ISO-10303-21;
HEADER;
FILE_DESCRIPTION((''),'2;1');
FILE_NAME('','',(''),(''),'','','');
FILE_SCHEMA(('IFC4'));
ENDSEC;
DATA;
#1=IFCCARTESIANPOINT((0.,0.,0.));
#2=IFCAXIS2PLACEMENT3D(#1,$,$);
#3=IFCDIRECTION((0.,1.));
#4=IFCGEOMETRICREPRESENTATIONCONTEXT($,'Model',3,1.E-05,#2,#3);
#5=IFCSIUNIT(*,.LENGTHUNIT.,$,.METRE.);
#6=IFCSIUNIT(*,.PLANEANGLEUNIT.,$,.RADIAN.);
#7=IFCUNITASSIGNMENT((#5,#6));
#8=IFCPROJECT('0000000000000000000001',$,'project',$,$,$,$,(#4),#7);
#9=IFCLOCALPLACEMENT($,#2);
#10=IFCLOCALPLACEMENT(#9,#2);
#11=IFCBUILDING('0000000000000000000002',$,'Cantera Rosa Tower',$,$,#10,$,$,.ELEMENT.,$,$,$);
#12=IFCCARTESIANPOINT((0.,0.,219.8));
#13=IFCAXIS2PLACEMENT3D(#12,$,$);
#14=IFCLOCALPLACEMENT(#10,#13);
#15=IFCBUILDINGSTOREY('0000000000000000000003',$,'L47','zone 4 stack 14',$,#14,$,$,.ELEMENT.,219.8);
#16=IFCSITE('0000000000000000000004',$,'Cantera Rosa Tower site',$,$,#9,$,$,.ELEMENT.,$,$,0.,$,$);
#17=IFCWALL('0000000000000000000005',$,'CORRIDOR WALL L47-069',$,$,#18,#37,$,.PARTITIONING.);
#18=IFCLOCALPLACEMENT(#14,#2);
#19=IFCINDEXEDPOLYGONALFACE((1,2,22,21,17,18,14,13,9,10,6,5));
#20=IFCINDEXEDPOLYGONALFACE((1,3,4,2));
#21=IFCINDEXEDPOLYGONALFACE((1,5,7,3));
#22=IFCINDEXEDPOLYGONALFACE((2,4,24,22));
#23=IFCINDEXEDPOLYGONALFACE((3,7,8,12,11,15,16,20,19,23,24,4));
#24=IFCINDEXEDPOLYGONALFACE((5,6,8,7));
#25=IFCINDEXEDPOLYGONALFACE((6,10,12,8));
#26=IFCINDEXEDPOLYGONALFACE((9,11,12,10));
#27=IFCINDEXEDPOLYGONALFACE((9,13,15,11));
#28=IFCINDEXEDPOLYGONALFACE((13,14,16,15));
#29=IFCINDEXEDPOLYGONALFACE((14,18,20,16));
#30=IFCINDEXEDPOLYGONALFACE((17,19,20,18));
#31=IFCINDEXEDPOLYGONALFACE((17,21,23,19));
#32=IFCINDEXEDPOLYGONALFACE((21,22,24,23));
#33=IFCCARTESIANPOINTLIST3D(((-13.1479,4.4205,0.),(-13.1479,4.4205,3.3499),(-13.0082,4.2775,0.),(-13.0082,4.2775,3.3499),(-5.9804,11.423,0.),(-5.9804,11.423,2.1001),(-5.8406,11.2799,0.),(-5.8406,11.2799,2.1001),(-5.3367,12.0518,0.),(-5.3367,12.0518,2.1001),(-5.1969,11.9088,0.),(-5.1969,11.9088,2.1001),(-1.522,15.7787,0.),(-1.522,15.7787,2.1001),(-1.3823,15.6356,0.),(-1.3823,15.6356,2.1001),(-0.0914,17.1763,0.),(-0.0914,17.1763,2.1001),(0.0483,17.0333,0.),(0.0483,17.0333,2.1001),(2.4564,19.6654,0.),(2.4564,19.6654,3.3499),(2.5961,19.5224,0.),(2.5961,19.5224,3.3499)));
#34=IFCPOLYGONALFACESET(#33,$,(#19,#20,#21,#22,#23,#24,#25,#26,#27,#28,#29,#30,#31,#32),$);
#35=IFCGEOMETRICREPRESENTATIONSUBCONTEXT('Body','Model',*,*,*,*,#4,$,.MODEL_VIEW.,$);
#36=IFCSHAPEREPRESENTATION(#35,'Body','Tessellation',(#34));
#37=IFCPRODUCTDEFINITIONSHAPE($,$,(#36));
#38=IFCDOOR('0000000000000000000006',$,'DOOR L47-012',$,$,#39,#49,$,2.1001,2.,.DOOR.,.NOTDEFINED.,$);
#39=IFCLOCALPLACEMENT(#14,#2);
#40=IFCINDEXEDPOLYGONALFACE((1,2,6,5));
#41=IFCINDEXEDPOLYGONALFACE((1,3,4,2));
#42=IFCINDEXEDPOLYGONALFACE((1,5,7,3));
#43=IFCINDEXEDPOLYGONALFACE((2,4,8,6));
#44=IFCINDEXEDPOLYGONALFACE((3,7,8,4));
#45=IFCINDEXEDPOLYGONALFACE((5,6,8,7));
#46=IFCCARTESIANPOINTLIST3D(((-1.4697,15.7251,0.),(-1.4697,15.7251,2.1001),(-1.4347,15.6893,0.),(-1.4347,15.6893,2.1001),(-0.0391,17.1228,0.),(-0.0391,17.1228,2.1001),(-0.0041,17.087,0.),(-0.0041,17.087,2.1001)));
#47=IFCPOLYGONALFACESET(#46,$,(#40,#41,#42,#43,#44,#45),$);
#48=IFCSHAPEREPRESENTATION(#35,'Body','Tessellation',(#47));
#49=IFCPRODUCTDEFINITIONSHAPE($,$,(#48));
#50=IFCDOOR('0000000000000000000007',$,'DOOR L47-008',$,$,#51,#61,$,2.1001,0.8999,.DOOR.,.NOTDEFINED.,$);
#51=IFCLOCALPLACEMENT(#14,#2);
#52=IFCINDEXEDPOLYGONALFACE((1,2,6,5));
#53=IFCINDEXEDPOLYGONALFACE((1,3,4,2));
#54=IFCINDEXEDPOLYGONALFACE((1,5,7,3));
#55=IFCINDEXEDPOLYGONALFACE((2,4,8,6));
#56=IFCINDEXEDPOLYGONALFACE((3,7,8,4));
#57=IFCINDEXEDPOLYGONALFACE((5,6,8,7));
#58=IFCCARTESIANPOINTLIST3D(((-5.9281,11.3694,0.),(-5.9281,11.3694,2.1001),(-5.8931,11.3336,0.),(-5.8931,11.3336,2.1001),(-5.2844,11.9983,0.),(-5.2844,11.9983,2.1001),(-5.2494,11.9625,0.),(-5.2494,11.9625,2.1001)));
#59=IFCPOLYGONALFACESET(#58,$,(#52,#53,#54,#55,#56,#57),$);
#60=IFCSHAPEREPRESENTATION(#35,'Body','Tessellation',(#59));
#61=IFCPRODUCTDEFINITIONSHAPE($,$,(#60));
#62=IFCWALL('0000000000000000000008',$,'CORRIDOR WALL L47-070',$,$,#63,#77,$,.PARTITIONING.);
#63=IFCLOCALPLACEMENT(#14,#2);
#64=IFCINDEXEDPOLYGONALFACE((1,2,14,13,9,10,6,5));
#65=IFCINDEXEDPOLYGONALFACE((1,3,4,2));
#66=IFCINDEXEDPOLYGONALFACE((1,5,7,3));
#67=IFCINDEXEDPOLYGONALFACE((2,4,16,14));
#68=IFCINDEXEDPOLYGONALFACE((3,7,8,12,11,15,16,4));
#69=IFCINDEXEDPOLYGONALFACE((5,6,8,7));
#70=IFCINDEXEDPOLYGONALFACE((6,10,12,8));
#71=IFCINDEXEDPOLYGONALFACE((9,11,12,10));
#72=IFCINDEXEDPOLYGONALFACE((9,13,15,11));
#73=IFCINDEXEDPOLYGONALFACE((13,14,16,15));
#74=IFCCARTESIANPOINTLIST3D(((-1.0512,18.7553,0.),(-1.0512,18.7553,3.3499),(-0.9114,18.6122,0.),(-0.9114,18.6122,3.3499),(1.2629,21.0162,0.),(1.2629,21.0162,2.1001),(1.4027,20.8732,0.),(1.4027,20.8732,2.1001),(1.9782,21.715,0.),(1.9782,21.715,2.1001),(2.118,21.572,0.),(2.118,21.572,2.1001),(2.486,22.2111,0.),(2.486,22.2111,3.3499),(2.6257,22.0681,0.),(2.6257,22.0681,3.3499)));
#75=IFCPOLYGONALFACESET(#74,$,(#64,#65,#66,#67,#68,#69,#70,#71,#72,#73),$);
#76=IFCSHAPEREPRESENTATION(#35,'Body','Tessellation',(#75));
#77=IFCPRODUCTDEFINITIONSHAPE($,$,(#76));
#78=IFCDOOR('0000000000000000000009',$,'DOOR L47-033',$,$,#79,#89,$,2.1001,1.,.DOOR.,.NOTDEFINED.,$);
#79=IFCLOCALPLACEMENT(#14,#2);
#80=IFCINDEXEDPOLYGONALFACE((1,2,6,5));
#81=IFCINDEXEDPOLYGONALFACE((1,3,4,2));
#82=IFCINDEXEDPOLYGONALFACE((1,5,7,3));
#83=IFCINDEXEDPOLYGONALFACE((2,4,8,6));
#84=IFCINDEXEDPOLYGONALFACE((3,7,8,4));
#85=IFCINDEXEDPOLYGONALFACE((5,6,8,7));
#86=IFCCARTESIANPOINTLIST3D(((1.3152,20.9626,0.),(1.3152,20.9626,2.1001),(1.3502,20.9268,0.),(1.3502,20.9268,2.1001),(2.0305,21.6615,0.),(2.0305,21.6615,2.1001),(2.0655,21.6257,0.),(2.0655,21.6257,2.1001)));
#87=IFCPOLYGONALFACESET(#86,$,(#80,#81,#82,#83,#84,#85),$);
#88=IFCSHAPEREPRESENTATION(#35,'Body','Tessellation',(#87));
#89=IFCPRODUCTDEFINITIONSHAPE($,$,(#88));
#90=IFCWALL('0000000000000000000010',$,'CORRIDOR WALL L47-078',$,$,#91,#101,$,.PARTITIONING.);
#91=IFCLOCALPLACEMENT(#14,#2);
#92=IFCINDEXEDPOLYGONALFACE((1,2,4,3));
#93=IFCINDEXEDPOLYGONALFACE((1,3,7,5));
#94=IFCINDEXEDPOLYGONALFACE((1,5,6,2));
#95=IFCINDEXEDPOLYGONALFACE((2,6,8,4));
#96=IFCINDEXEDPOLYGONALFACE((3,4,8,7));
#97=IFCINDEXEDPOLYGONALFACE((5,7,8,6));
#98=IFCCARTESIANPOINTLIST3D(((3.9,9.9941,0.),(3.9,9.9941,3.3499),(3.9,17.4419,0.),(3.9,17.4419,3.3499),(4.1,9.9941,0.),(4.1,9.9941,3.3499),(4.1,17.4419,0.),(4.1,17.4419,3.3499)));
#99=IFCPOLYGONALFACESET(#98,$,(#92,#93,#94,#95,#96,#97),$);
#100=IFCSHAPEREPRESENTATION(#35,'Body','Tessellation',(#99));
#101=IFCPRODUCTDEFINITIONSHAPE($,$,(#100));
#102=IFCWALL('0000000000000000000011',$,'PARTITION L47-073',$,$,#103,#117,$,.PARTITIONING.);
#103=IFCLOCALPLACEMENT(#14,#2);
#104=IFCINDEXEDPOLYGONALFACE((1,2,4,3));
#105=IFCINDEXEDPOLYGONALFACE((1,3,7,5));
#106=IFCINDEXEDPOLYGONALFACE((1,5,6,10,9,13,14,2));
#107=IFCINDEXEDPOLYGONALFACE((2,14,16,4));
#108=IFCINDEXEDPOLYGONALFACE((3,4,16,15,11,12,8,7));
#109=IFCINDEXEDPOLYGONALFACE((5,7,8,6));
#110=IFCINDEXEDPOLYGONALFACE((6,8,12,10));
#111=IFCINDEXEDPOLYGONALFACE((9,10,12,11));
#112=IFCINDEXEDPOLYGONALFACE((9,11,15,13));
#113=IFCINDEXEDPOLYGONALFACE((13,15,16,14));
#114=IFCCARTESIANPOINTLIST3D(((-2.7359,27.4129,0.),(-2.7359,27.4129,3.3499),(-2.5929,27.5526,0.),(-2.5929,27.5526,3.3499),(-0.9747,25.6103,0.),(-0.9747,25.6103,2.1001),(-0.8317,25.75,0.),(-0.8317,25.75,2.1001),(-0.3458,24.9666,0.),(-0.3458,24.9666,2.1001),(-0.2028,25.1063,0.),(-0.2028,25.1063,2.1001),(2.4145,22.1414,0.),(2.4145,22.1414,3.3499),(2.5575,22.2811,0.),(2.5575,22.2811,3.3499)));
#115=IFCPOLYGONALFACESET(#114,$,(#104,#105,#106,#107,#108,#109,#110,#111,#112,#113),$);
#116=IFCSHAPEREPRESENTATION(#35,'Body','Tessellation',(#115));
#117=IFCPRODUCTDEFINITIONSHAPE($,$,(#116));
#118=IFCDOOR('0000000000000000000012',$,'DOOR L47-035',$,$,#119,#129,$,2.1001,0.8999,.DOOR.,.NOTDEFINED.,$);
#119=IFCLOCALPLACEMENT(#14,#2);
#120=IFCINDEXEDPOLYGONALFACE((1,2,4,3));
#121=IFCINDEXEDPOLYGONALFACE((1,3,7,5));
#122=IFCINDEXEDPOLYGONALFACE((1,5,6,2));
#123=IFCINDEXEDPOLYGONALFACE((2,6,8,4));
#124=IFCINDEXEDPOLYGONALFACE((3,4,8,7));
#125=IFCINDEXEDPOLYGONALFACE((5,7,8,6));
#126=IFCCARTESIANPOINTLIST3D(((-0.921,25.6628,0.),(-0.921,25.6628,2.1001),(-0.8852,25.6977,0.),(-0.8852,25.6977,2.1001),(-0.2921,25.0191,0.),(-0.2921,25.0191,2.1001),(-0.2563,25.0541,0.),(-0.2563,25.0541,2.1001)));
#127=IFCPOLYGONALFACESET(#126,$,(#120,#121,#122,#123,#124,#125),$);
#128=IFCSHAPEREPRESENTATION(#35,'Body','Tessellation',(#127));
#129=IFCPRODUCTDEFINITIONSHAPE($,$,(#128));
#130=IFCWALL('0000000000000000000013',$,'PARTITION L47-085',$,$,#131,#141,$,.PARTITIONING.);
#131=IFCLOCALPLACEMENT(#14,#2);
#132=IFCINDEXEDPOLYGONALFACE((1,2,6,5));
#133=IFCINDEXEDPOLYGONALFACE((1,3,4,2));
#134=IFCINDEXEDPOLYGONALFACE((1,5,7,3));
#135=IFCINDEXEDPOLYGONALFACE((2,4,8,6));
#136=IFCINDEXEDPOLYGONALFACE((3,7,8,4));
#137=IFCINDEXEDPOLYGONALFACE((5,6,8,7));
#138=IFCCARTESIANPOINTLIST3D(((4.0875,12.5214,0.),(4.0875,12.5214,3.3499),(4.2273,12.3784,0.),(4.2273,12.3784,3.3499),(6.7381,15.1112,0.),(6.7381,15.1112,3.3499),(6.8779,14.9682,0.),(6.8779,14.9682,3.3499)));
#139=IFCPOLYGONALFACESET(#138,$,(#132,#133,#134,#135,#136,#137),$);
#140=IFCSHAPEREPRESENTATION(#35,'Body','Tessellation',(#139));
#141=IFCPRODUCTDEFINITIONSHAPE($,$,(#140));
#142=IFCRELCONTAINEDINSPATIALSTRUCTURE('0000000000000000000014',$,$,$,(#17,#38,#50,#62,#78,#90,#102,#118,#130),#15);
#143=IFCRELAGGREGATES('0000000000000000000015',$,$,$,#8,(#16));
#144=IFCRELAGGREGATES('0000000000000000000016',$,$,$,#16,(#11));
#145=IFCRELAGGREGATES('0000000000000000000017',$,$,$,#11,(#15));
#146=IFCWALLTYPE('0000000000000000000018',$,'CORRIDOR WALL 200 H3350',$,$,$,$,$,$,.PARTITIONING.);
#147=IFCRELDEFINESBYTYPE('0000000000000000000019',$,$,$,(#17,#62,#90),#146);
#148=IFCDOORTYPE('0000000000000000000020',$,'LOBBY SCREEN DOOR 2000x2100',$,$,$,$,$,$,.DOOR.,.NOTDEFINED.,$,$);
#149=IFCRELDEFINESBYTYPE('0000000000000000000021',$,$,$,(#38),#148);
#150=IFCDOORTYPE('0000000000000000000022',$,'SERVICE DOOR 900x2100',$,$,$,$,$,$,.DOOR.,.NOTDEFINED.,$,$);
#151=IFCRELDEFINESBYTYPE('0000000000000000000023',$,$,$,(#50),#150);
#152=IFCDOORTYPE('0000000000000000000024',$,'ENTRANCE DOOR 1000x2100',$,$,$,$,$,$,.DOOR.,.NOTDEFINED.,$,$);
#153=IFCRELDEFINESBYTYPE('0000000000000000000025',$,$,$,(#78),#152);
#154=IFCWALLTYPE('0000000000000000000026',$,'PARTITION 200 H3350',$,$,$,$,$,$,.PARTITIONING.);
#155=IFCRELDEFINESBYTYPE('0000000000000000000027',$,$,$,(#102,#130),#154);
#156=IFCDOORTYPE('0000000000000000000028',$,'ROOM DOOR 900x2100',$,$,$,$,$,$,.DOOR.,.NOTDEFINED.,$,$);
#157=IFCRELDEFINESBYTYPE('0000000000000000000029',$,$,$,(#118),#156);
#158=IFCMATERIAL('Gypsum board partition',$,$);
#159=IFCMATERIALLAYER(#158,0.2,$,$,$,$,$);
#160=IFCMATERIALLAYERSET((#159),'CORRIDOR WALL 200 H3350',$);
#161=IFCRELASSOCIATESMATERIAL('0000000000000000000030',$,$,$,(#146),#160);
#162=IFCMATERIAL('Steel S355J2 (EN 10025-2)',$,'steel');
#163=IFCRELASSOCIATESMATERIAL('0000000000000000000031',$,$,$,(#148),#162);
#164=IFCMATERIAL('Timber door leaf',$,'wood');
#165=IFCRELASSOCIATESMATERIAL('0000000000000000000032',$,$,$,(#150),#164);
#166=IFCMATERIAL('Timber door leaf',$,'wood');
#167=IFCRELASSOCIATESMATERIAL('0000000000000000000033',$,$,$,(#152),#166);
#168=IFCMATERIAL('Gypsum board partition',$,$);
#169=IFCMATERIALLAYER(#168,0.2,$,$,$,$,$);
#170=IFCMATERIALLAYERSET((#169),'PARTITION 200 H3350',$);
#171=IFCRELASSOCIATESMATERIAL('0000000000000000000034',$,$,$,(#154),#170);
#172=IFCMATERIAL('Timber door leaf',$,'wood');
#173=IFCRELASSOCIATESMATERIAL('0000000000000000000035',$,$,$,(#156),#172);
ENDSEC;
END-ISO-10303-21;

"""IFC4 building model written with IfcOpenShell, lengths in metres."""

from ifc_helpers import new_model, si_unit, direction, frame, frame_2d, origin, place, context, subcontext, project, spatial, rectangle, extrude, material, layer, layer_set, type_object, element, fill, save


model = new_model("IFC4")

# Units and contexts
model_context = context("Model", 3, precision=1e-05, world=origin(), true_north=direction((0.0, 1.0)))
body_context = subcontext(model_context, "Body", "Model", "MODEL_VIEW")
ifc_project = project(units=[si_unit("LENGTHUNIT", "METRE"), si_unit("PLANEANGLEUNIT", "RADIAN")], contexts=[model_context])

# Site, building, storey
site_placement = place(None, origin())
site = spatial("IfcSite", under=ifc_project, at=site_placement, Name="Cantera Rosa Tower site", CompositionType="ELEMENT", RefElevation=0.0)
building_placement = place(site_placement, origin())
building = spatial("IfcBuilding", under=site, at=building_placement, Name="Cantera Rosa Tower", CompositionType="ELEMENT")
storey_placement = place(building_placement, frame((0.0, 0.0, 219.8)))
storey = spatial("IfcBuildingStorey", under=building, at=storey_placement, Name="L47", Description="zone 4 stack 14", CompositionType="ELEMENT", Elevation=219.8)

# Wall, openings, doors
ifc_material_1 = material(Name="Gypsum board partition")
ifc_layer_1 = layer(ifc_material_1, 0.2)
ifc_layer_set_1 = layer_set([ifc_layer_1], Name="CORRIDOR WALL 200 H3350")
wall_type_1 = type_object("IfcWallType", Name="CORRIDOR WALL 200 H3350", PredefinedType="PARTITIONING", material=ifc_layer_set_1)
wall_1_placement = place(storey_placement, frame((2.5264, 19.594, 0.0), z_axis=(0.0, 0.0, 1.0), x_axis=(-0.715296, -0.698822, 0.0)))
wall_1 = element("IfcWall", 1, at=wall_1_placement, inside=storey, type_object=wall_type_1, Name="CORRIDOR WALL L47-069", PredefinedType="PARTITIONING", context=body_context, shape_type="SweptSolid", body=[
    extrude(rectangle(XDim=21.8152, YDim=0.2, at=frame_2d((10.9077, 0.0))), origin(), (0.0, 0.0, 1.0), 3.3499),
])
opening_1_placement = place(wall_1_placement, frame((10.895, 0.0, 0.0)))
opening_1 = element("IfcOpeningElement", 2, at=opening_1_placement, cuts=wall_1, PredefinedType="OPENING", context=body_context, shape_type="SweptSolid", body=[
    extrude(rectangle(XDim=0.8999, YDim=2.1001, at=frame_2d((0.45, 1.05))), frame((0.0, 0.1099, 0.0), z_axis=(0.0, -1.0, 0.0), x_axis=(1.0, 0.0, 0.0)), (0.0, 0.0, 1.0), 0.22),
])
opening_2_placement = place(wall_1_placement, frame((3.562, 0.0, 0.0)))
opening_2 = element("IfcOpeningElement", 3, at=opening_2_placement, cuts=wall_1, PredefinedType="OPENING", context=body_context, shape_type="SweptSolid", body=[
    extrude(rectangle(XDim=2.0, YDim=2.1001, at=frame_2d((1.0, 1.05))), frame((0.0, 0.1099, 0.0), z_axis=(0.0, -1.0, 0.0), x_axis=(1.0, 0.0, 0.0)), (0.0, 0.0, 1.0), 0.22),
])
ifc_material_2 = material(Name="Steel S355J2 (EN 10025-2)", Category="steel")
door_type_1 = type_object("IfcDoorType", Name="LOBBY SCREEN DOOR 2000x2100", OperationType="NOTDEFINED", PredefinedType="DOOR", material=ifc_material_2)
door_1_placement = place(opening_2_placement, origin())
door_1 = element("IfcDoor", 4, at=door_1_placement, inside=storey, type_object=door_type_1, Name="DOOR L47-012", OperationType="NOTDEFINED", OverallHeight=2.1001, OverallWidth=2.0, PredefinedType="DOOR", context=body_context, shape_type="SweptSolid", body=[
    extrude(rectangle(XDim=2.0, YDim=2.1001, at=frame_2d((1.0, 1.05))), frame((0.0, 0.0249, 0.0), z_axis=(0.0, -1.0, 0.0), x_axis=(1.0, 0.0, 0.0)), (0.0, 0.0, 1.0), 0.05),
])
fill(opening_2, door_1)
ifc_material_3 = material(Name="Timber door leaf", Category="wood")
door_type_2 = type_object("IfcDoorType", Name="SERVICE DOOR 900x2100", OperationType="NOTDEFINED", PredefinedType="DOOR", material=ifc_material_3)
door_2_placement = place(opening_1_placement, origin())
door_2 = element("IfcDoor", 5, at=door_2_placement, inside=storey, type_object=door_type_2, Name="DOOR L47-008", OperationType="NOTDEFINED", OverallHeight=2.1001, OverallWidth=0.8999, PredefinedType="DOOR", context=body_context, shape_type="SweptSolid", body=[
    extrude(rectangle(XDim=0.8999, YDim=2.1001, at=frame_2d((0.45, 1.05))), frame((0.0, 0.0249, 0.0), z_axis=(0.0, -1.0, 0.0), x_axis=(1.0, 0.0, 0.0)), (0.0, 0.0, 1.0), 0.05),
])
fill(opening_1, door_2)

# Wall, opening, door
wall_2_placement = place(storey_placement, frame((2.5559, 22.1396, 0.0), z_axis=(0.0, 0.0, 1.0), x_axis=(-0.715279, -0.698839, 0.0)))
wall_2 = element("IfcWall", 6, at=wall_2_placement, inside=storey, type_object=wall_type_1, Name="CORRIDOR WALL L47-070", PredefinedType="PARTITIONING", context=body_context, shape_type="SweptSolid", body=[
    extrude(rectangle(XDim=4.9451, YDim=0.2, at=frame_2d((2.4727, 0.0))), origin(), (0.0, 0.0, 1.0), 3.3499),
])
opening_3_placement = place(wall_2_placement, frame((0.71, 0.0, 0.0)))
opening_3 = element("IfcOpeningElement", 7, at=opening_3_placement, cuts=wall_2, PredefinedType="OPENING", context=body_context, shape_type="SweptSolid", body=[
    extrude(rectangle(XDim=1.0, YDim=2.1001, at=frame_2d((0.5, 1.05))), frame((0.0, 0.1099, 0.0), z_axis=(0.0, -1.0, 0.0), x_axis=(1.0, 0.0, 0.0)), (0.0, 0.0, 1.0), 0.22),
])
ifc_material_4 = material(Name="Timber door leaf", Category="wood")
door_type_3 = type_object("IfcDoorType", Name="ENTRANCE DOOR 1000x2100", OperationType="NOTDEFINED", PredefinedType="DOOR", material=ifc_material_4)
door_3_placement = place(opening_3_placement, origin())
door_3 = element("IfcDoor", 8, at=door_3_placement, inside=storey, type_object=door_type_3, Name="DOOR L47-033", OperationType="NOTDEFINED", OverallHeight=2.1001, OverallWidth=1.0, PredefinedType="DOOR", context=body_context, shape_type="SweptSolid", body=[
    extrude(rectangle(XDim=1.0, YDim=2.1001, at=frame_2d((0.5, 1.05))), frame((0.0, 0.0249, 0.0), z_axis=(0.0, -1.0, 0.0), x_axis=(1.0, 0.0, 0.0)), (0.0, 0.0, 1.0), 0.05),
])
fill(opening_3, door_3)

# Wall
wall_3_placement = place(storey_placement, frame((4.0, 17.4419, 0.0), z_axis=(0.0, 0.0, 1.0), x_axis=(0.0, -1.0, 0.0)))
element("IfcWall", 9, at=wall_3_placement, inside=storey, type_object=wall_type_1, Name="CORRIDOR WALL L47-078", PredefinedType="PARTITIONING", context=body_context, shape_type="SweptSolid", body=[
    extrude(rectangle(XDim=7.4478, YDim=0.2, at=frame_2d((3.7239, 0.0))), origin(), (0.0, 0.0, 1.0), 3.3499),
])

# Wall, opening, door
ifc_material_5 = material(Name="Gypsum board partition")
ifc_layer_2 = layer(ifc_material_5, 0.2)
ifc_layer_set_2 = layer_set([ifc_layer_2], Name="PARTITION 200 H3350")
wall_type_2 = type_object("IfcWallType", Name="PARTITION 200 H3350", PredefinedType="PARTITIONING", material=ifc_layer_set_2)
wall_4_placement = place(storey_placement, frame((2.4861, 22.2112, 0.0), z_axis=(0.0, 0.0, 1.0), x_axis=(-0.698844, 0.715275, 0.0)))
wall_4 = element("IfcWall", 10, at=wall_4_placement, inside=storey, type_object=wall_type_2, Name="PARTITION L47-073", PredefinedType="PARTITIONING", context=body_context, shape_type="SweptSolid", body=[
    extrude(rectangle(XDim=7.3699, YDim=0.2, at=frame_2d((3.6851, 0.0))), origin(), (0.0, 0.0, 1.0), 3.3499),
])
opening_4_placement = place(wall_4_placement, frame((3.95, 0.0, 0.0)))
opening_4 = element("IfcOpeningElement", 11, at=opening_4_placement, cuts=wall_4, PredefinedType="OPENING", context=body_context, shape_type="SweptSolid", body=[
    extrude(rectangle(XDim=0.8999, YDim=2.1001, at=frame_2d((0.45, 1.05))), frame((0.0, 0.1099, 0.0), z_axis=(0.0, -1.0, 0.0), x_axis=(1.0, 0.0, 0.0)), (0.0, 0.0, 1.0), 0.22),
])
ifc_material_6 = material(Name="Timber door leaf", Category="wood")
door_type_4 = type_object("IfcDoorType", Name="ROOM DOOR 900x2100", OperationType="NOTDEFINED", PredefinedType="DOOR", material=ifc_material_6)
door_4_placement = place(opening_4_placement, origin())
door_4 = element("IfcDoor", 12, at=door_4_placement, inside=storey, type_object=door_type_4, Name="DOOR L47-035", OperationType="NOTDEFINED", OverallHeight=2.1001, OverallWidth=0.8999, PredefinedType="DOOR", context=body_context, shape_type="SweptSolid", body=[
    extrude(rectangle(XDim=0.8999, YDim=2.1001, at=frame_2d((0.45, 1.05))), frame((0.0, 0.0249, 0.0), z_axis=(0.0, -1.0, 0.0), x_axis=(1.0, 0.0, 0.0)), (0.0, 0.0, 1.0), 0.05),
])
fill(opening_4, door_4)

# Wall
wall_5_placement = place(storey_placement, frame((6.8081, 15.0398, 0.0), z_axis=(0.0, 0.0, 1.0), x_axis=(-0.715261, -0.698857, 0.0)))
element("IfcWall", 13, at=wall_5_placement, inside=storey, type_object=wall_type_2, Name="PARTITION L47-085", PredefinedType="PARTITIONING", context=body_context, shape_type="SweptSolid", body=[
    extrude(rectangle(XDim=3.7058, YDim=0.2, at=frame_2d((1.853, 0.0))), origin(), (0.0, 0.0, 1.0), 3.3499),
])

save(model, "model.ifc")
